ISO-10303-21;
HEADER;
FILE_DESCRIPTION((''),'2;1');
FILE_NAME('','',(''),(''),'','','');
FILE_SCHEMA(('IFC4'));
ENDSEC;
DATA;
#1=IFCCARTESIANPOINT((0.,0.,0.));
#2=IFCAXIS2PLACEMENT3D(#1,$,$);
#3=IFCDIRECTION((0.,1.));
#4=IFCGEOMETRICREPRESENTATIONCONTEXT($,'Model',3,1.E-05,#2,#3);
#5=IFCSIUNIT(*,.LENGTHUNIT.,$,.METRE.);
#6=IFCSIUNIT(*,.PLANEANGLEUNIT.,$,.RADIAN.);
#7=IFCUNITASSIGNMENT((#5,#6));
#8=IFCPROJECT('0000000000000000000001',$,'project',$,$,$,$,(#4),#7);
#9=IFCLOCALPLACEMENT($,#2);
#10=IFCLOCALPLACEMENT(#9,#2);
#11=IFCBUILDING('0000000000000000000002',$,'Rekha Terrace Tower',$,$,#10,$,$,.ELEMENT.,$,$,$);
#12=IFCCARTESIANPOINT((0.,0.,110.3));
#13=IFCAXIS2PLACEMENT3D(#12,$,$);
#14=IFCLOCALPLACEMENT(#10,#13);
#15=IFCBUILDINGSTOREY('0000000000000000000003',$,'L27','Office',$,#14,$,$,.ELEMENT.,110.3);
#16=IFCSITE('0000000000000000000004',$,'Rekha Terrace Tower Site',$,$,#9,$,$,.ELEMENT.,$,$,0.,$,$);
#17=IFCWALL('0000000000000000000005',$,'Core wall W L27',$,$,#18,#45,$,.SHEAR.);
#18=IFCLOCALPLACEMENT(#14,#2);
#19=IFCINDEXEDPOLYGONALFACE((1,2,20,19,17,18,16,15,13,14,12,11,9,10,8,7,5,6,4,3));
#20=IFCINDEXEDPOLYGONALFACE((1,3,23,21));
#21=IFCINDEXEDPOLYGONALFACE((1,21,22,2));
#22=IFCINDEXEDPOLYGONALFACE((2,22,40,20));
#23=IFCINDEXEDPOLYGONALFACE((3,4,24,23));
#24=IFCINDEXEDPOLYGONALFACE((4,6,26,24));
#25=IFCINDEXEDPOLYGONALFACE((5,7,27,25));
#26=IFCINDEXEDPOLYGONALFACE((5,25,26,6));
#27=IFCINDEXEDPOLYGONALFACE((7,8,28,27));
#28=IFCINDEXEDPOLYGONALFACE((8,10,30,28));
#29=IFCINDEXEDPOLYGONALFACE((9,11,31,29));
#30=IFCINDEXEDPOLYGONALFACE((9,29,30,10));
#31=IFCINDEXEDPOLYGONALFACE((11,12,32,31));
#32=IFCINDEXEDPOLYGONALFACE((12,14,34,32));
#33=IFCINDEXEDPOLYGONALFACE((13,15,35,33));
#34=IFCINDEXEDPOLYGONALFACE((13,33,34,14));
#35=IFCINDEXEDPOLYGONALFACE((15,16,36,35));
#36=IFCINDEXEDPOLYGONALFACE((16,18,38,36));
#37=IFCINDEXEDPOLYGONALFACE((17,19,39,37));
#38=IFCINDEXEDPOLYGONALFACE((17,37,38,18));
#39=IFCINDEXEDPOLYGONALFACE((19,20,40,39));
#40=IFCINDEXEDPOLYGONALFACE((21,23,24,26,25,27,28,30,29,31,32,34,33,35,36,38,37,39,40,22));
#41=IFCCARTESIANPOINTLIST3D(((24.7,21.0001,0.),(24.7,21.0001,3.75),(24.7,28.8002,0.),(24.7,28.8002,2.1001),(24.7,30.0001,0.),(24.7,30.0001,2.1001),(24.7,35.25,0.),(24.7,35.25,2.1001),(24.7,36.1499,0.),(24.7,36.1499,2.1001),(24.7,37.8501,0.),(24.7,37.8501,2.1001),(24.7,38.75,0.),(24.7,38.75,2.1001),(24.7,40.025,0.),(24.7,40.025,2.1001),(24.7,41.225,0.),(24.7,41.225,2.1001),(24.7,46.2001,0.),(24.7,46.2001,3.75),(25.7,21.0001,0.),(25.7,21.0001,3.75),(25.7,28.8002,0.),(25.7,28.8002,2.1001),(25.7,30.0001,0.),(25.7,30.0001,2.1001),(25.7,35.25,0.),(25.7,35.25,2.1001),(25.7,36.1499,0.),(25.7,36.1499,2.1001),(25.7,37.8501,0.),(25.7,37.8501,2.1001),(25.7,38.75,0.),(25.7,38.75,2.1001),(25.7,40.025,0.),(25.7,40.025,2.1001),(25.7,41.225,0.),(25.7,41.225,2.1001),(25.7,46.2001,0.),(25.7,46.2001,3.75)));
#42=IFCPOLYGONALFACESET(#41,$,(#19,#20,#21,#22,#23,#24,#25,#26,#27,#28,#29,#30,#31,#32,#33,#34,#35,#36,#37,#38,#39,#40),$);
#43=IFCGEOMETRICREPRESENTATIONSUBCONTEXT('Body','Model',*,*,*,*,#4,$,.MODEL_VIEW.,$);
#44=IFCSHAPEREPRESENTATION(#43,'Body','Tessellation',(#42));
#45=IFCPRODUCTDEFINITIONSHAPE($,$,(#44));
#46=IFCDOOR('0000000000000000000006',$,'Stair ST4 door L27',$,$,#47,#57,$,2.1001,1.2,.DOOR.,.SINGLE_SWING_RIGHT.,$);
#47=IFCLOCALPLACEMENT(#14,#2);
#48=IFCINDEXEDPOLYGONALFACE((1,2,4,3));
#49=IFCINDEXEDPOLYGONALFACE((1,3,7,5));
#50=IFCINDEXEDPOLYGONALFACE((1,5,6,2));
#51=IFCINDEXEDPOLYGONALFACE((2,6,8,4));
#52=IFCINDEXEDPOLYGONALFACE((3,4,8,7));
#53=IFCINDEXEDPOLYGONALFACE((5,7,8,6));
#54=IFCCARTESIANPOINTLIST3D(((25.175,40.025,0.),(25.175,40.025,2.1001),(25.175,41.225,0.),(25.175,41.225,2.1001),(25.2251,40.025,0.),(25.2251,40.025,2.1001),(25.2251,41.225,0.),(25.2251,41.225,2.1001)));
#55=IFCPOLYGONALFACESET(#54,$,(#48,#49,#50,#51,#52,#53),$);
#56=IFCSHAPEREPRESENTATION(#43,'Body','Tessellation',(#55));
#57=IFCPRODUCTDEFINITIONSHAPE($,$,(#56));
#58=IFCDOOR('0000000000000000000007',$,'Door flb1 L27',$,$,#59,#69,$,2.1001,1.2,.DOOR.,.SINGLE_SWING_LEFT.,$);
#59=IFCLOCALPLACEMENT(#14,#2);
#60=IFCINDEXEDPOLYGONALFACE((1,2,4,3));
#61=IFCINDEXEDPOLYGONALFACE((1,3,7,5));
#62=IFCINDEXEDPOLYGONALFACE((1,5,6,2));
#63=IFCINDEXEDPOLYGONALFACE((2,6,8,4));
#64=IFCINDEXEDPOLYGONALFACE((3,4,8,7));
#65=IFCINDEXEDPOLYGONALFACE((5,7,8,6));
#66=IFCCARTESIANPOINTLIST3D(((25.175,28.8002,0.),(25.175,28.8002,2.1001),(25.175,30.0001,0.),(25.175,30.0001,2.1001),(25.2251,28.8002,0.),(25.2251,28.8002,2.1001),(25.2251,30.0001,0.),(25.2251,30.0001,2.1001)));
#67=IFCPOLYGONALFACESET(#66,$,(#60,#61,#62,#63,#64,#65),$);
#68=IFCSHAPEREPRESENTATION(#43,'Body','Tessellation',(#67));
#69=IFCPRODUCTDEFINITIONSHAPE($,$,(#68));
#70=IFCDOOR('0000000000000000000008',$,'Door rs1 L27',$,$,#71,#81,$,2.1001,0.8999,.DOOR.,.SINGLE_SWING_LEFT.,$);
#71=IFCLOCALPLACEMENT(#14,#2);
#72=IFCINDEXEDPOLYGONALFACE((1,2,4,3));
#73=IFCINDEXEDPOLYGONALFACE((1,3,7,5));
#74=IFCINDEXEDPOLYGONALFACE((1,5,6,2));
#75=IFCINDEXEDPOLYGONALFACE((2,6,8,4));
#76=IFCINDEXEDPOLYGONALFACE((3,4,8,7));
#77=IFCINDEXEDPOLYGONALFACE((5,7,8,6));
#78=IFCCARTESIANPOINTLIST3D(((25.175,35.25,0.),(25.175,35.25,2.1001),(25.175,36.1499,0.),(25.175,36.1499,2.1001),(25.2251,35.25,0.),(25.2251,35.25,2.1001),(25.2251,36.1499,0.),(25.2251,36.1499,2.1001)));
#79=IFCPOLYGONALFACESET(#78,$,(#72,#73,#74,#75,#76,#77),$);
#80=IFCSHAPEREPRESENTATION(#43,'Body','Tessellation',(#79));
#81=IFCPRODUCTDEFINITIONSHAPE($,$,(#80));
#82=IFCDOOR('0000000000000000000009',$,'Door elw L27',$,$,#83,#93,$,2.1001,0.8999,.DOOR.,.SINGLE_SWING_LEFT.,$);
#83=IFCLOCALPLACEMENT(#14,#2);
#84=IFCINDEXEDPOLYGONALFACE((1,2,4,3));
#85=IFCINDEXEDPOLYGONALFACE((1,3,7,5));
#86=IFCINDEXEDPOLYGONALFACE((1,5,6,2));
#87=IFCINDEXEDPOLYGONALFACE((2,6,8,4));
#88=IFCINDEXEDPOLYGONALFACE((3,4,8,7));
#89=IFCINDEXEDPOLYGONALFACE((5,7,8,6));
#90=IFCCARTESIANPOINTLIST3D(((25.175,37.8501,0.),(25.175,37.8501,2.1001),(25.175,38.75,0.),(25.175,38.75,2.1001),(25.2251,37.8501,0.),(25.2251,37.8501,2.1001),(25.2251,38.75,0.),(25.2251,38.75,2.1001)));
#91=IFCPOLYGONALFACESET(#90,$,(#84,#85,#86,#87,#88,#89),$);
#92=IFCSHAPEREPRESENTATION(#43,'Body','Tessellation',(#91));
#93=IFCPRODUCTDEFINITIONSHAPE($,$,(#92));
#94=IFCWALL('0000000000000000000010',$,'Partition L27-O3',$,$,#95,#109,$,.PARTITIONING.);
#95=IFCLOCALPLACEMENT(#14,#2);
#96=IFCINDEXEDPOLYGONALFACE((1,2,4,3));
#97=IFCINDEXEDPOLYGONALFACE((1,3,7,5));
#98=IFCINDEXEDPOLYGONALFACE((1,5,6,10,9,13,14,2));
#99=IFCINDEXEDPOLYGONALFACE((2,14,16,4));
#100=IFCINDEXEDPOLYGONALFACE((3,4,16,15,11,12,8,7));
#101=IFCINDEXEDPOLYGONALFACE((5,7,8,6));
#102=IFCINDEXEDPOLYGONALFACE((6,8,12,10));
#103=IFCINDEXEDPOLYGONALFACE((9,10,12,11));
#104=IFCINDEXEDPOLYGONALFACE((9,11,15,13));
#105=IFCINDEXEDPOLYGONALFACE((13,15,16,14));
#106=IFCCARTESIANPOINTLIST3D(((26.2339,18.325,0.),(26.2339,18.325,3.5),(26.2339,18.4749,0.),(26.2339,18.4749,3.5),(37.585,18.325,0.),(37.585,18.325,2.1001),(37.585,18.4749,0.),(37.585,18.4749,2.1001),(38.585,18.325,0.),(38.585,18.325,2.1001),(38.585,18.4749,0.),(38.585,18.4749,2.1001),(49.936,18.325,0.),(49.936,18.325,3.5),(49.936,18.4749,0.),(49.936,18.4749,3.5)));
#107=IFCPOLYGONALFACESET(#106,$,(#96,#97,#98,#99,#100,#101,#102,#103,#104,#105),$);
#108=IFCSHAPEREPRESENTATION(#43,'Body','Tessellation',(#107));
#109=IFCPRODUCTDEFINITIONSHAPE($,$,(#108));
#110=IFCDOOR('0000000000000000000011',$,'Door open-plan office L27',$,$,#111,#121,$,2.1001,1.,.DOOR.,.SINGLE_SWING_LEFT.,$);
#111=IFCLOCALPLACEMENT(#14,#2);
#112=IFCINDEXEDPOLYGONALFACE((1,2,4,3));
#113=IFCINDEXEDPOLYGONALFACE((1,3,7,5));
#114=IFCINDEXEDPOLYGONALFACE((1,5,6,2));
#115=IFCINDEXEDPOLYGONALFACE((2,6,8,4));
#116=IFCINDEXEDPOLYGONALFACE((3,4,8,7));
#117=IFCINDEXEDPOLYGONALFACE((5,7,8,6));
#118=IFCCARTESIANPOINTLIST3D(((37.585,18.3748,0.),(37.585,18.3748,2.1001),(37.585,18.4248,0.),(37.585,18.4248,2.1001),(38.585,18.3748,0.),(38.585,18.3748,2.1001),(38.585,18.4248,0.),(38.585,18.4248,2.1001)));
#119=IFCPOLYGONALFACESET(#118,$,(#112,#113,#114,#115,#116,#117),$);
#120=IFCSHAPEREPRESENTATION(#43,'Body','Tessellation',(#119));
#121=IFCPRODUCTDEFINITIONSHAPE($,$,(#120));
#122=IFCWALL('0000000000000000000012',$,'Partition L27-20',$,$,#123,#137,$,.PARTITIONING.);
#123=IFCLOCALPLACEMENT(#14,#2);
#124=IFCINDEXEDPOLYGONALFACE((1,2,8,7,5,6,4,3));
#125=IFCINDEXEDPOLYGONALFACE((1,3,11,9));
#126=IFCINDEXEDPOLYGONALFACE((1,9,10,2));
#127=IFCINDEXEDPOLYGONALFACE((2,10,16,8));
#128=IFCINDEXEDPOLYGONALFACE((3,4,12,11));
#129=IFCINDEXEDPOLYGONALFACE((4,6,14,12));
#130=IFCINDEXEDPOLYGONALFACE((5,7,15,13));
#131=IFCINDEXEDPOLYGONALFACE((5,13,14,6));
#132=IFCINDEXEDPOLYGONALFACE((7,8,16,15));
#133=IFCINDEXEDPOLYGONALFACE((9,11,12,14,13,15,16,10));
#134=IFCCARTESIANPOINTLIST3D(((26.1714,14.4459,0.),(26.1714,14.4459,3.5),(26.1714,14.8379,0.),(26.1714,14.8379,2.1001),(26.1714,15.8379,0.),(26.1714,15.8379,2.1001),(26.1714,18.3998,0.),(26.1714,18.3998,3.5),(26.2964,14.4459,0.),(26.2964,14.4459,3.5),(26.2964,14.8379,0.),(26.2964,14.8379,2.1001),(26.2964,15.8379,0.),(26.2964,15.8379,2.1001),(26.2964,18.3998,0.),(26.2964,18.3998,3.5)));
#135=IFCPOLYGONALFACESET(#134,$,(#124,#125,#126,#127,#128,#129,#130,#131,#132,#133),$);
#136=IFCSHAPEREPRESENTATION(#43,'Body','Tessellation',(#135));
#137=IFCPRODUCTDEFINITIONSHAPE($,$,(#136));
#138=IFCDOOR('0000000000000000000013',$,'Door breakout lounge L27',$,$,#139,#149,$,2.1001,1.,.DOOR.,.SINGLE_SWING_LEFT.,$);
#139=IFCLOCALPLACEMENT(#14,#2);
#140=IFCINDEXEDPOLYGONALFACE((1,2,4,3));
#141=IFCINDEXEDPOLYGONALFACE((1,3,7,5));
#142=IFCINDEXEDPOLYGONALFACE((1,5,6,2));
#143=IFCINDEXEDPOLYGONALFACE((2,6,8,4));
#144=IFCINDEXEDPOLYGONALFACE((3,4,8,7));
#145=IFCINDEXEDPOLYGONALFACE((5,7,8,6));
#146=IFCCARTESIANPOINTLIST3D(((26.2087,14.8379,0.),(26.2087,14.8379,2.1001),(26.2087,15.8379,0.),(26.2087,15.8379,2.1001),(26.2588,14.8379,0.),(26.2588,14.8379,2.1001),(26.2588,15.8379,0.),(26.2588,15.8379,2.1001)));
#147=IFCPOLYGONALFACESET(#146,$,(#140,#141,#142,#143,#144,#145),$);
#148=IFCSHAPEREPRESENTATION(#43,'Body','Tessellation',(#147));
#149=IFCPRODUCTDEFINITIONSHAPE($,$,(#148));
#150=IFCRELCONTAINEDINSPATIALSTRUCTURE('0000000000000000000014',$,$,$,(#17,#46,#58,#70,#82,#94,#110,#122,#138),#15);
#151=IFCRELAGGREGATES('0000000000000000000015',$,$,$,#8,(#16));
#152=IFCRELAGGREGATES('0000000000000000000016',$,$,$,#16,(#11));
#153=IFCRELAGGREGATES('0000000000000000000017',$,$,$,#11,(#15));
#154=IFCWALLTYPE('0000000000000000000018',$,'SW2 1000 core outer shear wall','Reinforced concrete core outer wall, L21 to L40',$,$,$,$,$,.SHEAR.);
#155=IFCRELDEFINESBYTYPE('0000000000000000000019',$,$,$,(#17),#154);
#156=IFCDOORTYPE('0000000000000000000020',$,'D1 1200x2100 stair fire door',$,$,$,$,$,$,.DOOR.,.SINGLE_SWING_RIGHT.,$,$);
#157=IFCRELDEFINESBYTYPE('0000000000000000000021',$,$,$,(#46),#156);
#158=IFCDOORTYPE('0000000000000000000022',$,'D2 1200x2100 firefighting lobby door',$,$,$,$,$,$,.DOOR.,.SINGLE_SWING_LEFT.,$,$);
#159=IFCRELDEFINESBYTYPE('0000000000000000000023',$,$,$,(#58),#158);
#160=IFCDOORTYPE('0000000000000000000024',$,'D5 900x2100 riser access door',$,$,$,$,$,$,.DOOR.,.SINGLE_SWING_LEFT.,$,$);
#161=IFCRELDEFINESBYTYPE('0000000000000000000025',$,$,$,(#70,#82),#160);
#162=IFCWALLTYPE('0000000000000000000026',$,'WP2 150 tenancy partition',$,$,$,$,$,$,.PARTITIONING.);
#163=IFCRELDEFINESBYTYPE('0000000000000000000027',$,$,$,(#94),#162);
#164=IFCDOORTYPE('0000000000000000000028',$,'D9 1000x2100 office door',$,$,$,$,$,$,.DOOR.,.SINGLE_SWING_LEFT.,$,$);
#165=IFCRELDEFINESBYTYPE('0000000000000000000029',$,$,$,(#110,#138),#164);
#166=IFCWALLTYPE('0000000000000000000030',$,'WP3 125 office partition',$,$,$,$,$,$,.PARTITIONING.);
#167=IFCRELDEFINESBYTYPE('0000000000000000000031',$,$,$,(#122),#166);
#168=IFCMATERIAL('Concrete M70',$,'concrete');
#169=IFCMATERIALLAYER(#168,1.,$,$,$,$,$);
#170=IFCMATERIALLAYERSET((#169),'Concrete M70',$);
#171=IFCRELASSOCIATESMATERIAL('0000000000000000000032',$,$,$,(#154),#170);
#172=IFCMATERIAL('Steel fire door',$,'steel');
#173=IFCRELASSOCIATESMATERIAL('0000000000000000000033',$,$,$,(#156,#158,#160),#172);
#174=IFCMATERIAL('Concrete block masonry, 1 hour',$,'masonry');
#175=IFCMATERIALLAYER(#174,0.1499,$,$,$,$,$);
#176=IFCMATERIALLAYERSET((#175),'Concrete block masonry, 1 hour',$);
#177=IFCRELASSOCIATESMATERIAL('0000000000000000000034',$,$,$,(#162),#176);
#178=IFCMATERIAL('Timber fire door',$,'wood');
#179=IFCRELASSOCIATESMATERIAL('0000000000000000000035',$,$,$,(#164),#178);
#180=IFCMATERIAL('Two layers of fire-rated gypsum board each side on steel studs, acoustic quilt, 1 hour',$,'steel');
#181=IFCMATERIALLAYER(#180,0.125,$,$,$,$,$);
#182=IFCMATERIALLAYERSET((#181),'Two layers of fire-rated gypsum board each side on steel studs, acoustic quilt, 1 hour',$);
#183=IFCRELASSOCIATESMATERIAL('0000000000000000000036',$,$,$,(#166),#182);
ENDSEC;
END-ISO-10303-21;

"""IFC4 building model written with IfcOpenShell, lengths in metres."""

from ifc_helpers import new_model, si_unit, direction, frame, frame_2d, origin, place, context, subcontext, project, spatial, rectangle, extrude, material, layer, layer_set, type_object, element, fill, save


model = new_model("IFC4")

# Units and contexts
model_context = context("Model", 3, precision=1e-05, world=origin(), true_north=direction((0.0, 1.0)))
body_context = subcontext(model_context, "Body", "Model", "MODEL_VIEW")
ifc_project = project(units=[si_unit("LENGTHUNIT", "METRE"), si_unit("PLANEANGLEUNIT", "RADIAN")], contexts=[model_context])

# Site, building, storey
site_placement = place(None, origin())
site = spatial("IfcSite", under=ifc_project, at=site_placement, Name="Rekha Terrace Tower Site", CompositionType="ELEMENT", RefElevation=0.0)
building_placement = place(site_placement, origin())
building = spatial("IfcBuilding", under=site, at=building_placement, Name="Rekha Terrace Tower", CompositionType="ELEMENT")
storey_placement = place(building_placement, frame((0.0, 0.0, 110.3)))
storey = spatial("IfcBuildingStorey", under=building, at=storey_placement, Name="L27", Description="Office", CompositionType="ELEMENT", Elevation=110.3)

# Shared definitions
ifc_material_1 = material(Name="Concrete M70", Category="concrete")

# Shared definitions
ifc_layer_1 = layer(ifc_material_1, 1.0)
ifc_layer_set_1 = layer_set([ifc_layer_1], Name="Concrete M70")
wall_type_1 = type_object("IfcWallType", Name="SW2 1000 core outer shear wall", Description="Reinforced concrete core outer wall, L21 to L40", PredefinedType="SHEAR", material=ifc_layer_set_1)

# Wall, openings, doors
wall_1_placement = place(storey_placement, frame((25.2, 21.0, 0.0), z_axis=(0.0, 0.0, 1.0), x_axis=(0.0, 1.0, 0.0)))
wall_1 = element("IfcWall", 1, at=wall_1_placement, inside=storey, type_object=wall_type_1, Name="Core wall W L27", PredefinedType="SHEAR", context=body_context, shape_type="SweptSolid", body=[
    extrude(rectangle(XDim=25.2, YDim=1.0, at=frame_2d((12.6001, 0.0))), origin(), (0.0, 0.0, 1.0), 3.75),
])
opening_1_placement = place(wall_1_placement, frame((7.8, 0.0, 0.0)))
opening_1 = element("IfcOpeningElement", 2, at=opening_1_placement, cuts=wall_1, PredefinedType="OPENING", context=body_context, shape_type="SweptSolid", body=[
    extrude(rectangle(XDim=1.2, YDim=2.1001, at=frame_2d((0.6001, 1.05))), frame((0.0, 0.51, 0.0), z_axis=(0.0, -1.0, 0.0), x_axis=(1.0, 0.0, 0.0)), (0.0, 0.0, 1.0), 1.02),
])
opening_2_placement = place(wall_1_placement, frame((14.25, 0.0, 0.0)))
opening_2 = element("IfcOpeningElement", 3, at=opening_2_placement, cuts=wall_1, PredefinedType="OPENING", context=body_context, shape_type="SweptSolid", body=[
    extrude(rectangle(XDim=0.8999, YDim=2.1001, at=frame_2d((0.45, 1.05))), frame((0.0, 0.51, 0.0), z_axis=(0.0, -1.0, 0.0), x_axis=(1.0, 0.0, 0.0)), (0.0, 0.0, 1.0), 1.02),
])
opening_3_placement = place(wall_1_placement, frame((16.8501, 0.0, 0.0)))
opening_3 = element("IfcOpeningElement", 4, at=opening_3_placement, cuts=wall_1, PredefinedType="OPENING", context=body_context, shape_type="SweptSolid", body=[
    extrude(rectangle(XDim=0.8999, YDim=2.1001, at=frame_2d((0.45, 1.05))), frame((0.0, 0.51, 0.0), z_axis=(0.0, -1.0, 0.0), x_axis=(1.0, 0.0, 0.0)), (0.0, 0.0, 1.0), 1.02),
])
opening_4_placement = place(wall_1_placement, frame((19.0249, 0.0, 0.0)))
opening_4 = element("IfcOpeningElement", 5, at=opening_4_placement, cuts=wall_1, PredefinedType="OPENING", context=body_context, shape_type="SweptSolid", body=[
    extrude(rectangle(XDim=1.2, YDim=2.1001, at=frame_2d((0.6001, 1.05))), frame((0.0, 0.51, 0.0), z_axis=(0.0, -1.0, 0.0), x_axis=(1.0, 0.0, 0.0)), (0.0, 0.0, 1.0), 1.02),
])
ifc_material_2 = material(Name="Steel fire door", Category="steel")
door_type_1 = type_object("IfcDoorType", Name="D1 1200x2100 stair fire door", OperationType="SINGLE_SWING_RIGHT", PredefinedType="DOOR", material=ifc_material_2)
door_1_placement = place(opening_4_placement, origin())
door_1 = element("IfcDoor", 6, at=door_1_placement, inside=storey, type_object=door_type_1, Name="Stair ST4 door L27", OperationType="SINGLE_SWING_RIGHT", OverallHeight=2.1001, OverallWidth=1.2, PredefinedType="DOOR", context=body_context, shape_type="SweptSolid", body=[
    extrude(rectangle(XDim=1.2, YDim=2.1001, at=frame_2d((0.6001, 1.05))), frame((0.0, 0.0249, 0.0), z_axis=(0.0, -1.0, 0.0), x_axis=(1.0, 0.0, 0.0)), (0.0, 0.0, 1.0), 0.05),
])
fill(opening_4, door_1)
door_type_2 = type_object("IfcDoorType", Name="D2 1200x2100 firefighting lobby door", OperationType="SINGLE_SWING_LEFT", PredefinedType="DOOR", material=ifc_material_2)
door_2_placement = place(opening_1_placement, origin())
door_2 = element("IfcDoor", 7, at=door_2_placement, inside=storey, type_object=door_type_2, Name="Door flb1 L27", OperationType="SINGLE_SWING_LEFT", OverallHeight=2.1001, OverallWidth=1.2, PredefinedType="DOOR", context=body_context, shape_type="SweptSolid", body=[
    extrude(rectangle(XDim=1.2, YDim=2.1001, at=frame_2d((0.6001, 1.05))), frame((0.0, 0.0249, 0.0), z_axis=(0.0, -1.0, 0.0), x_axis=(1.0, 0.0, 0.0)), (0.0, 0.0, 1.0), 0.05),
])
fill(opening_1, door_2)
door_type_3 = type_object("IfcDoorType", Name="D5 900x2100 riser access door", OperationType="SINGLE_SWING_LEFT", PredefinedType="DOOR", material=ifc_material_2)
door_3_placement = place(opening_2_placement, origin())
door_3 = element("IfcDoor", 8, at=door_3_placement, inside=storey, type_object=door_type_3, Name="Door rs1 L27", OperationType="SINGLE_SWING_LEFT", OverallHeight=2.1001, OverallWidth=0.8999, PredefinedType="DOOR", context=body_context, shape_type="SweptSolid", body=[
    extrude(rectangle(XDim=0.8999, YDim=2.1001, at=frame_2d((0.45, 1.05))), frame((0.0, 0.0249, 0.0), z_axis=(0.0, -1.0, 0.0), x_axis=(1.0, 0.0, 0.0)), (0.0, 0.0, 1.0), 0.05),
])
fill(opening_2, door_3)
door_4_placement = place(opening_3_placement, origin())
door_4 = element("IfcDoor", 9, at=door_4_placement, inside=storey, type_object=door_type_3, Name="Door elw L27", OperationType="SINGLE_SWING_LEFT", OverallHeight=2.1001, OverallWidth=0.8999, PredefinedType="DOOR", context=body_context, shape_type="SweptSolid", body=[
    extrude(rectangle(XDim=0.8999, YDim=2.1001, at=frame_2d((0.45, 1.05))), frame((0.0, 0.0249, 0.0), z_axis=(0.0, -1.0, 0.0), x_axis=(1.0, 0.0, 0.0)), (0.0, 0.0, 1.0), 0.05),
])
fill(opening_3, door_4)

# Walls, openings, doors
ifc_material_3 = material(Name="Concrete block masonry, 1 hour", Category="masonry")
ifc_layer_2 = layer(ifc_material_3, 0.1499)
ifc_layer_set_2 = layer_set([ifc_layer_2], Name="Concrete block masonry, 1 hour")
wall_type_2 = type_object("IfcWallType", Name="WP2 150 tenancy partition", PredefinedType="PARTITIONING", material=ifc_layer_set_2)
wall_2_placement = place(storey_placement, frame((26.2339, 18.3999, 0.0), z_axis=(0.0, 0.0, 1.0), x_axis=(1.0, 0.0, 0.0)))
wall_2 = element("IfcWall", 10, at=wall_2_placement, inside=storey, type_object=wall_type_2, Name="Partition L27-O3", PredefinedType="PARTITIONING", context=body_context, shape_type="SweptSolid", body=[
    extrude(rectangle(XDim=23.7021, YDim=0.1499, at=frame_2d((11.8511, 0.0))), origin(), (0.0, 0.0, 1.0), 3.5),
])
opening_5_placement = place(wall_2_placement, frame((11.3511, 0.0, 0.0)))
opening_5 = element("IfcOpeningElement", 11, at=opening_5_placement, cuts=wall_2, PredefinedType="OPENING", context=body_context, shape_type="SweptSolid", body=[
    extrude(rectangle(XDim=1.0, YDim=2.1001, at=frame_2d((0.5, 1.05))), frame((0.0, 0.085, 0.0), z_axis=(0.0, -1.0, 0.0), x_axis=(1.0, 0.0, 0.0)), (0.0, 0.0, 1.0), 0.1699),
])
ifc_material_4 = material(Name="Timber fire door", Category="wood")
door_type_4 = type_object("IfcDoorType", Name="D9 1000x2100 office door", OperationType="SINGLE_SWING_LEFT", PredefinedType="DOOR", material=ifc_material_4)
door_5_placement = place(opening_5_placement, origin())
door_5 = element("IfcDoor", 12, at=door_5_placement, inside=storey, type_object=door_type_4, Name="Door open-plan office L27", OperationType="SINGLE_SWING_LEFT", OverallHeight=2.1001, OverallWidth=1.0, PredefinedType="DOOR", context=body_context, shape_type="SweptSolid", body=[
    extrude(rectangle(XDim=1.0, YDim=2.1001, at=frame_2d((0.5, 1.05))), frame((0.0, 0.0249, 0.0), z_axis=(0.0, -1.0, 0.0), x_axis=(1.0, 0.0, 0.0)), (0.0, 0.0, 1.0), 0.05),
])
fill(opening_5, door_5)
ifc_material_5 = material(Name="Two layers of fire-rated gypsum board each side on steel studs, acoustic quilt, 1 hour", Category="steel")
ifc_layer_3 = layer(ifc_material_5, 0.125)
ifc_layer_set_3 = layer_set([ifc_layer_3], Name="Two layers of fire-rated gypsum board each side on steel studs, acoustic quilt, 1 hour")
wall_type_3 = type_object("IfcWallType", Name="WP3 125 office partition", PredefinedType="PARTITIONING", material=ifc_layer_set_3)
wall_3_placement = place(storey_placement, frame((26.2339, 18.3999, 0.0), z_axis=(0.0, 0.0, 1.0), x_axis=(0.0, -1.0, 0.0)))
wall_3 = element("IfcWall", 13, at=wall_3_placement, inside=storey, type_object=wall_type_3, Name="Partition L27-20", PredefinedType="PARTITIONING", context=body_context, shape_type="SweptSolid", body=[
    extrude(rectangle(XDim=3.9539, YDim=0.125, at=frame_2d((1.9771, 0.0))), origin(), (0.0, 0.0, 1.0), 3.5),
])
opening_6_placement = place(wall_3_placement, frame((2.562, 0.0, 0.0)))
opening_6 = element("IfcOpeningElement", 14, at=opening_6_placement, cuts=wall_3, PredefinedType="OPENING", context=body_context, shape_type="SweptSolid", body=[
    extrude(rectangle(XDim=1.0, YDim=2.1001, at=frame_2d((0.5, 1.05))), frame((0.0, 0.0725, 0.0), z_axis=(0.0, -1.0, 0.0), x_axis=(1.0, 0.0, 0.0)), (0.0, 0.0, 1.0), 0.145),
])
door_6_placement = place(opening_6_placement, origin())
door_6 = element("IfcDoor", 15, at=door_6_placement, inside=storey, type_object=door_type_4, Name="Door breakout lounge L27", OperationType="SINGLE_SWING_LEFT", OverallHeight=2.1001, OverallWidth=1.0, PredefinedType="DOOR", context=body_context, shape_type="SweptSolid", body=[
    extrude(rectangle(XDim=1.0, YDim=2.1001, at=frame_2d((0.5, 1.05))), frame((0.0, 0.0249, 0.0), z_axis=(0.0, -1.0, 0.0), x_axis=(1.0, 0.0, 0.0)), (0.0, 0.0, 1.0), 0.05),
])
fill(opening_6, door_6)

save(model, "model.ifc")
